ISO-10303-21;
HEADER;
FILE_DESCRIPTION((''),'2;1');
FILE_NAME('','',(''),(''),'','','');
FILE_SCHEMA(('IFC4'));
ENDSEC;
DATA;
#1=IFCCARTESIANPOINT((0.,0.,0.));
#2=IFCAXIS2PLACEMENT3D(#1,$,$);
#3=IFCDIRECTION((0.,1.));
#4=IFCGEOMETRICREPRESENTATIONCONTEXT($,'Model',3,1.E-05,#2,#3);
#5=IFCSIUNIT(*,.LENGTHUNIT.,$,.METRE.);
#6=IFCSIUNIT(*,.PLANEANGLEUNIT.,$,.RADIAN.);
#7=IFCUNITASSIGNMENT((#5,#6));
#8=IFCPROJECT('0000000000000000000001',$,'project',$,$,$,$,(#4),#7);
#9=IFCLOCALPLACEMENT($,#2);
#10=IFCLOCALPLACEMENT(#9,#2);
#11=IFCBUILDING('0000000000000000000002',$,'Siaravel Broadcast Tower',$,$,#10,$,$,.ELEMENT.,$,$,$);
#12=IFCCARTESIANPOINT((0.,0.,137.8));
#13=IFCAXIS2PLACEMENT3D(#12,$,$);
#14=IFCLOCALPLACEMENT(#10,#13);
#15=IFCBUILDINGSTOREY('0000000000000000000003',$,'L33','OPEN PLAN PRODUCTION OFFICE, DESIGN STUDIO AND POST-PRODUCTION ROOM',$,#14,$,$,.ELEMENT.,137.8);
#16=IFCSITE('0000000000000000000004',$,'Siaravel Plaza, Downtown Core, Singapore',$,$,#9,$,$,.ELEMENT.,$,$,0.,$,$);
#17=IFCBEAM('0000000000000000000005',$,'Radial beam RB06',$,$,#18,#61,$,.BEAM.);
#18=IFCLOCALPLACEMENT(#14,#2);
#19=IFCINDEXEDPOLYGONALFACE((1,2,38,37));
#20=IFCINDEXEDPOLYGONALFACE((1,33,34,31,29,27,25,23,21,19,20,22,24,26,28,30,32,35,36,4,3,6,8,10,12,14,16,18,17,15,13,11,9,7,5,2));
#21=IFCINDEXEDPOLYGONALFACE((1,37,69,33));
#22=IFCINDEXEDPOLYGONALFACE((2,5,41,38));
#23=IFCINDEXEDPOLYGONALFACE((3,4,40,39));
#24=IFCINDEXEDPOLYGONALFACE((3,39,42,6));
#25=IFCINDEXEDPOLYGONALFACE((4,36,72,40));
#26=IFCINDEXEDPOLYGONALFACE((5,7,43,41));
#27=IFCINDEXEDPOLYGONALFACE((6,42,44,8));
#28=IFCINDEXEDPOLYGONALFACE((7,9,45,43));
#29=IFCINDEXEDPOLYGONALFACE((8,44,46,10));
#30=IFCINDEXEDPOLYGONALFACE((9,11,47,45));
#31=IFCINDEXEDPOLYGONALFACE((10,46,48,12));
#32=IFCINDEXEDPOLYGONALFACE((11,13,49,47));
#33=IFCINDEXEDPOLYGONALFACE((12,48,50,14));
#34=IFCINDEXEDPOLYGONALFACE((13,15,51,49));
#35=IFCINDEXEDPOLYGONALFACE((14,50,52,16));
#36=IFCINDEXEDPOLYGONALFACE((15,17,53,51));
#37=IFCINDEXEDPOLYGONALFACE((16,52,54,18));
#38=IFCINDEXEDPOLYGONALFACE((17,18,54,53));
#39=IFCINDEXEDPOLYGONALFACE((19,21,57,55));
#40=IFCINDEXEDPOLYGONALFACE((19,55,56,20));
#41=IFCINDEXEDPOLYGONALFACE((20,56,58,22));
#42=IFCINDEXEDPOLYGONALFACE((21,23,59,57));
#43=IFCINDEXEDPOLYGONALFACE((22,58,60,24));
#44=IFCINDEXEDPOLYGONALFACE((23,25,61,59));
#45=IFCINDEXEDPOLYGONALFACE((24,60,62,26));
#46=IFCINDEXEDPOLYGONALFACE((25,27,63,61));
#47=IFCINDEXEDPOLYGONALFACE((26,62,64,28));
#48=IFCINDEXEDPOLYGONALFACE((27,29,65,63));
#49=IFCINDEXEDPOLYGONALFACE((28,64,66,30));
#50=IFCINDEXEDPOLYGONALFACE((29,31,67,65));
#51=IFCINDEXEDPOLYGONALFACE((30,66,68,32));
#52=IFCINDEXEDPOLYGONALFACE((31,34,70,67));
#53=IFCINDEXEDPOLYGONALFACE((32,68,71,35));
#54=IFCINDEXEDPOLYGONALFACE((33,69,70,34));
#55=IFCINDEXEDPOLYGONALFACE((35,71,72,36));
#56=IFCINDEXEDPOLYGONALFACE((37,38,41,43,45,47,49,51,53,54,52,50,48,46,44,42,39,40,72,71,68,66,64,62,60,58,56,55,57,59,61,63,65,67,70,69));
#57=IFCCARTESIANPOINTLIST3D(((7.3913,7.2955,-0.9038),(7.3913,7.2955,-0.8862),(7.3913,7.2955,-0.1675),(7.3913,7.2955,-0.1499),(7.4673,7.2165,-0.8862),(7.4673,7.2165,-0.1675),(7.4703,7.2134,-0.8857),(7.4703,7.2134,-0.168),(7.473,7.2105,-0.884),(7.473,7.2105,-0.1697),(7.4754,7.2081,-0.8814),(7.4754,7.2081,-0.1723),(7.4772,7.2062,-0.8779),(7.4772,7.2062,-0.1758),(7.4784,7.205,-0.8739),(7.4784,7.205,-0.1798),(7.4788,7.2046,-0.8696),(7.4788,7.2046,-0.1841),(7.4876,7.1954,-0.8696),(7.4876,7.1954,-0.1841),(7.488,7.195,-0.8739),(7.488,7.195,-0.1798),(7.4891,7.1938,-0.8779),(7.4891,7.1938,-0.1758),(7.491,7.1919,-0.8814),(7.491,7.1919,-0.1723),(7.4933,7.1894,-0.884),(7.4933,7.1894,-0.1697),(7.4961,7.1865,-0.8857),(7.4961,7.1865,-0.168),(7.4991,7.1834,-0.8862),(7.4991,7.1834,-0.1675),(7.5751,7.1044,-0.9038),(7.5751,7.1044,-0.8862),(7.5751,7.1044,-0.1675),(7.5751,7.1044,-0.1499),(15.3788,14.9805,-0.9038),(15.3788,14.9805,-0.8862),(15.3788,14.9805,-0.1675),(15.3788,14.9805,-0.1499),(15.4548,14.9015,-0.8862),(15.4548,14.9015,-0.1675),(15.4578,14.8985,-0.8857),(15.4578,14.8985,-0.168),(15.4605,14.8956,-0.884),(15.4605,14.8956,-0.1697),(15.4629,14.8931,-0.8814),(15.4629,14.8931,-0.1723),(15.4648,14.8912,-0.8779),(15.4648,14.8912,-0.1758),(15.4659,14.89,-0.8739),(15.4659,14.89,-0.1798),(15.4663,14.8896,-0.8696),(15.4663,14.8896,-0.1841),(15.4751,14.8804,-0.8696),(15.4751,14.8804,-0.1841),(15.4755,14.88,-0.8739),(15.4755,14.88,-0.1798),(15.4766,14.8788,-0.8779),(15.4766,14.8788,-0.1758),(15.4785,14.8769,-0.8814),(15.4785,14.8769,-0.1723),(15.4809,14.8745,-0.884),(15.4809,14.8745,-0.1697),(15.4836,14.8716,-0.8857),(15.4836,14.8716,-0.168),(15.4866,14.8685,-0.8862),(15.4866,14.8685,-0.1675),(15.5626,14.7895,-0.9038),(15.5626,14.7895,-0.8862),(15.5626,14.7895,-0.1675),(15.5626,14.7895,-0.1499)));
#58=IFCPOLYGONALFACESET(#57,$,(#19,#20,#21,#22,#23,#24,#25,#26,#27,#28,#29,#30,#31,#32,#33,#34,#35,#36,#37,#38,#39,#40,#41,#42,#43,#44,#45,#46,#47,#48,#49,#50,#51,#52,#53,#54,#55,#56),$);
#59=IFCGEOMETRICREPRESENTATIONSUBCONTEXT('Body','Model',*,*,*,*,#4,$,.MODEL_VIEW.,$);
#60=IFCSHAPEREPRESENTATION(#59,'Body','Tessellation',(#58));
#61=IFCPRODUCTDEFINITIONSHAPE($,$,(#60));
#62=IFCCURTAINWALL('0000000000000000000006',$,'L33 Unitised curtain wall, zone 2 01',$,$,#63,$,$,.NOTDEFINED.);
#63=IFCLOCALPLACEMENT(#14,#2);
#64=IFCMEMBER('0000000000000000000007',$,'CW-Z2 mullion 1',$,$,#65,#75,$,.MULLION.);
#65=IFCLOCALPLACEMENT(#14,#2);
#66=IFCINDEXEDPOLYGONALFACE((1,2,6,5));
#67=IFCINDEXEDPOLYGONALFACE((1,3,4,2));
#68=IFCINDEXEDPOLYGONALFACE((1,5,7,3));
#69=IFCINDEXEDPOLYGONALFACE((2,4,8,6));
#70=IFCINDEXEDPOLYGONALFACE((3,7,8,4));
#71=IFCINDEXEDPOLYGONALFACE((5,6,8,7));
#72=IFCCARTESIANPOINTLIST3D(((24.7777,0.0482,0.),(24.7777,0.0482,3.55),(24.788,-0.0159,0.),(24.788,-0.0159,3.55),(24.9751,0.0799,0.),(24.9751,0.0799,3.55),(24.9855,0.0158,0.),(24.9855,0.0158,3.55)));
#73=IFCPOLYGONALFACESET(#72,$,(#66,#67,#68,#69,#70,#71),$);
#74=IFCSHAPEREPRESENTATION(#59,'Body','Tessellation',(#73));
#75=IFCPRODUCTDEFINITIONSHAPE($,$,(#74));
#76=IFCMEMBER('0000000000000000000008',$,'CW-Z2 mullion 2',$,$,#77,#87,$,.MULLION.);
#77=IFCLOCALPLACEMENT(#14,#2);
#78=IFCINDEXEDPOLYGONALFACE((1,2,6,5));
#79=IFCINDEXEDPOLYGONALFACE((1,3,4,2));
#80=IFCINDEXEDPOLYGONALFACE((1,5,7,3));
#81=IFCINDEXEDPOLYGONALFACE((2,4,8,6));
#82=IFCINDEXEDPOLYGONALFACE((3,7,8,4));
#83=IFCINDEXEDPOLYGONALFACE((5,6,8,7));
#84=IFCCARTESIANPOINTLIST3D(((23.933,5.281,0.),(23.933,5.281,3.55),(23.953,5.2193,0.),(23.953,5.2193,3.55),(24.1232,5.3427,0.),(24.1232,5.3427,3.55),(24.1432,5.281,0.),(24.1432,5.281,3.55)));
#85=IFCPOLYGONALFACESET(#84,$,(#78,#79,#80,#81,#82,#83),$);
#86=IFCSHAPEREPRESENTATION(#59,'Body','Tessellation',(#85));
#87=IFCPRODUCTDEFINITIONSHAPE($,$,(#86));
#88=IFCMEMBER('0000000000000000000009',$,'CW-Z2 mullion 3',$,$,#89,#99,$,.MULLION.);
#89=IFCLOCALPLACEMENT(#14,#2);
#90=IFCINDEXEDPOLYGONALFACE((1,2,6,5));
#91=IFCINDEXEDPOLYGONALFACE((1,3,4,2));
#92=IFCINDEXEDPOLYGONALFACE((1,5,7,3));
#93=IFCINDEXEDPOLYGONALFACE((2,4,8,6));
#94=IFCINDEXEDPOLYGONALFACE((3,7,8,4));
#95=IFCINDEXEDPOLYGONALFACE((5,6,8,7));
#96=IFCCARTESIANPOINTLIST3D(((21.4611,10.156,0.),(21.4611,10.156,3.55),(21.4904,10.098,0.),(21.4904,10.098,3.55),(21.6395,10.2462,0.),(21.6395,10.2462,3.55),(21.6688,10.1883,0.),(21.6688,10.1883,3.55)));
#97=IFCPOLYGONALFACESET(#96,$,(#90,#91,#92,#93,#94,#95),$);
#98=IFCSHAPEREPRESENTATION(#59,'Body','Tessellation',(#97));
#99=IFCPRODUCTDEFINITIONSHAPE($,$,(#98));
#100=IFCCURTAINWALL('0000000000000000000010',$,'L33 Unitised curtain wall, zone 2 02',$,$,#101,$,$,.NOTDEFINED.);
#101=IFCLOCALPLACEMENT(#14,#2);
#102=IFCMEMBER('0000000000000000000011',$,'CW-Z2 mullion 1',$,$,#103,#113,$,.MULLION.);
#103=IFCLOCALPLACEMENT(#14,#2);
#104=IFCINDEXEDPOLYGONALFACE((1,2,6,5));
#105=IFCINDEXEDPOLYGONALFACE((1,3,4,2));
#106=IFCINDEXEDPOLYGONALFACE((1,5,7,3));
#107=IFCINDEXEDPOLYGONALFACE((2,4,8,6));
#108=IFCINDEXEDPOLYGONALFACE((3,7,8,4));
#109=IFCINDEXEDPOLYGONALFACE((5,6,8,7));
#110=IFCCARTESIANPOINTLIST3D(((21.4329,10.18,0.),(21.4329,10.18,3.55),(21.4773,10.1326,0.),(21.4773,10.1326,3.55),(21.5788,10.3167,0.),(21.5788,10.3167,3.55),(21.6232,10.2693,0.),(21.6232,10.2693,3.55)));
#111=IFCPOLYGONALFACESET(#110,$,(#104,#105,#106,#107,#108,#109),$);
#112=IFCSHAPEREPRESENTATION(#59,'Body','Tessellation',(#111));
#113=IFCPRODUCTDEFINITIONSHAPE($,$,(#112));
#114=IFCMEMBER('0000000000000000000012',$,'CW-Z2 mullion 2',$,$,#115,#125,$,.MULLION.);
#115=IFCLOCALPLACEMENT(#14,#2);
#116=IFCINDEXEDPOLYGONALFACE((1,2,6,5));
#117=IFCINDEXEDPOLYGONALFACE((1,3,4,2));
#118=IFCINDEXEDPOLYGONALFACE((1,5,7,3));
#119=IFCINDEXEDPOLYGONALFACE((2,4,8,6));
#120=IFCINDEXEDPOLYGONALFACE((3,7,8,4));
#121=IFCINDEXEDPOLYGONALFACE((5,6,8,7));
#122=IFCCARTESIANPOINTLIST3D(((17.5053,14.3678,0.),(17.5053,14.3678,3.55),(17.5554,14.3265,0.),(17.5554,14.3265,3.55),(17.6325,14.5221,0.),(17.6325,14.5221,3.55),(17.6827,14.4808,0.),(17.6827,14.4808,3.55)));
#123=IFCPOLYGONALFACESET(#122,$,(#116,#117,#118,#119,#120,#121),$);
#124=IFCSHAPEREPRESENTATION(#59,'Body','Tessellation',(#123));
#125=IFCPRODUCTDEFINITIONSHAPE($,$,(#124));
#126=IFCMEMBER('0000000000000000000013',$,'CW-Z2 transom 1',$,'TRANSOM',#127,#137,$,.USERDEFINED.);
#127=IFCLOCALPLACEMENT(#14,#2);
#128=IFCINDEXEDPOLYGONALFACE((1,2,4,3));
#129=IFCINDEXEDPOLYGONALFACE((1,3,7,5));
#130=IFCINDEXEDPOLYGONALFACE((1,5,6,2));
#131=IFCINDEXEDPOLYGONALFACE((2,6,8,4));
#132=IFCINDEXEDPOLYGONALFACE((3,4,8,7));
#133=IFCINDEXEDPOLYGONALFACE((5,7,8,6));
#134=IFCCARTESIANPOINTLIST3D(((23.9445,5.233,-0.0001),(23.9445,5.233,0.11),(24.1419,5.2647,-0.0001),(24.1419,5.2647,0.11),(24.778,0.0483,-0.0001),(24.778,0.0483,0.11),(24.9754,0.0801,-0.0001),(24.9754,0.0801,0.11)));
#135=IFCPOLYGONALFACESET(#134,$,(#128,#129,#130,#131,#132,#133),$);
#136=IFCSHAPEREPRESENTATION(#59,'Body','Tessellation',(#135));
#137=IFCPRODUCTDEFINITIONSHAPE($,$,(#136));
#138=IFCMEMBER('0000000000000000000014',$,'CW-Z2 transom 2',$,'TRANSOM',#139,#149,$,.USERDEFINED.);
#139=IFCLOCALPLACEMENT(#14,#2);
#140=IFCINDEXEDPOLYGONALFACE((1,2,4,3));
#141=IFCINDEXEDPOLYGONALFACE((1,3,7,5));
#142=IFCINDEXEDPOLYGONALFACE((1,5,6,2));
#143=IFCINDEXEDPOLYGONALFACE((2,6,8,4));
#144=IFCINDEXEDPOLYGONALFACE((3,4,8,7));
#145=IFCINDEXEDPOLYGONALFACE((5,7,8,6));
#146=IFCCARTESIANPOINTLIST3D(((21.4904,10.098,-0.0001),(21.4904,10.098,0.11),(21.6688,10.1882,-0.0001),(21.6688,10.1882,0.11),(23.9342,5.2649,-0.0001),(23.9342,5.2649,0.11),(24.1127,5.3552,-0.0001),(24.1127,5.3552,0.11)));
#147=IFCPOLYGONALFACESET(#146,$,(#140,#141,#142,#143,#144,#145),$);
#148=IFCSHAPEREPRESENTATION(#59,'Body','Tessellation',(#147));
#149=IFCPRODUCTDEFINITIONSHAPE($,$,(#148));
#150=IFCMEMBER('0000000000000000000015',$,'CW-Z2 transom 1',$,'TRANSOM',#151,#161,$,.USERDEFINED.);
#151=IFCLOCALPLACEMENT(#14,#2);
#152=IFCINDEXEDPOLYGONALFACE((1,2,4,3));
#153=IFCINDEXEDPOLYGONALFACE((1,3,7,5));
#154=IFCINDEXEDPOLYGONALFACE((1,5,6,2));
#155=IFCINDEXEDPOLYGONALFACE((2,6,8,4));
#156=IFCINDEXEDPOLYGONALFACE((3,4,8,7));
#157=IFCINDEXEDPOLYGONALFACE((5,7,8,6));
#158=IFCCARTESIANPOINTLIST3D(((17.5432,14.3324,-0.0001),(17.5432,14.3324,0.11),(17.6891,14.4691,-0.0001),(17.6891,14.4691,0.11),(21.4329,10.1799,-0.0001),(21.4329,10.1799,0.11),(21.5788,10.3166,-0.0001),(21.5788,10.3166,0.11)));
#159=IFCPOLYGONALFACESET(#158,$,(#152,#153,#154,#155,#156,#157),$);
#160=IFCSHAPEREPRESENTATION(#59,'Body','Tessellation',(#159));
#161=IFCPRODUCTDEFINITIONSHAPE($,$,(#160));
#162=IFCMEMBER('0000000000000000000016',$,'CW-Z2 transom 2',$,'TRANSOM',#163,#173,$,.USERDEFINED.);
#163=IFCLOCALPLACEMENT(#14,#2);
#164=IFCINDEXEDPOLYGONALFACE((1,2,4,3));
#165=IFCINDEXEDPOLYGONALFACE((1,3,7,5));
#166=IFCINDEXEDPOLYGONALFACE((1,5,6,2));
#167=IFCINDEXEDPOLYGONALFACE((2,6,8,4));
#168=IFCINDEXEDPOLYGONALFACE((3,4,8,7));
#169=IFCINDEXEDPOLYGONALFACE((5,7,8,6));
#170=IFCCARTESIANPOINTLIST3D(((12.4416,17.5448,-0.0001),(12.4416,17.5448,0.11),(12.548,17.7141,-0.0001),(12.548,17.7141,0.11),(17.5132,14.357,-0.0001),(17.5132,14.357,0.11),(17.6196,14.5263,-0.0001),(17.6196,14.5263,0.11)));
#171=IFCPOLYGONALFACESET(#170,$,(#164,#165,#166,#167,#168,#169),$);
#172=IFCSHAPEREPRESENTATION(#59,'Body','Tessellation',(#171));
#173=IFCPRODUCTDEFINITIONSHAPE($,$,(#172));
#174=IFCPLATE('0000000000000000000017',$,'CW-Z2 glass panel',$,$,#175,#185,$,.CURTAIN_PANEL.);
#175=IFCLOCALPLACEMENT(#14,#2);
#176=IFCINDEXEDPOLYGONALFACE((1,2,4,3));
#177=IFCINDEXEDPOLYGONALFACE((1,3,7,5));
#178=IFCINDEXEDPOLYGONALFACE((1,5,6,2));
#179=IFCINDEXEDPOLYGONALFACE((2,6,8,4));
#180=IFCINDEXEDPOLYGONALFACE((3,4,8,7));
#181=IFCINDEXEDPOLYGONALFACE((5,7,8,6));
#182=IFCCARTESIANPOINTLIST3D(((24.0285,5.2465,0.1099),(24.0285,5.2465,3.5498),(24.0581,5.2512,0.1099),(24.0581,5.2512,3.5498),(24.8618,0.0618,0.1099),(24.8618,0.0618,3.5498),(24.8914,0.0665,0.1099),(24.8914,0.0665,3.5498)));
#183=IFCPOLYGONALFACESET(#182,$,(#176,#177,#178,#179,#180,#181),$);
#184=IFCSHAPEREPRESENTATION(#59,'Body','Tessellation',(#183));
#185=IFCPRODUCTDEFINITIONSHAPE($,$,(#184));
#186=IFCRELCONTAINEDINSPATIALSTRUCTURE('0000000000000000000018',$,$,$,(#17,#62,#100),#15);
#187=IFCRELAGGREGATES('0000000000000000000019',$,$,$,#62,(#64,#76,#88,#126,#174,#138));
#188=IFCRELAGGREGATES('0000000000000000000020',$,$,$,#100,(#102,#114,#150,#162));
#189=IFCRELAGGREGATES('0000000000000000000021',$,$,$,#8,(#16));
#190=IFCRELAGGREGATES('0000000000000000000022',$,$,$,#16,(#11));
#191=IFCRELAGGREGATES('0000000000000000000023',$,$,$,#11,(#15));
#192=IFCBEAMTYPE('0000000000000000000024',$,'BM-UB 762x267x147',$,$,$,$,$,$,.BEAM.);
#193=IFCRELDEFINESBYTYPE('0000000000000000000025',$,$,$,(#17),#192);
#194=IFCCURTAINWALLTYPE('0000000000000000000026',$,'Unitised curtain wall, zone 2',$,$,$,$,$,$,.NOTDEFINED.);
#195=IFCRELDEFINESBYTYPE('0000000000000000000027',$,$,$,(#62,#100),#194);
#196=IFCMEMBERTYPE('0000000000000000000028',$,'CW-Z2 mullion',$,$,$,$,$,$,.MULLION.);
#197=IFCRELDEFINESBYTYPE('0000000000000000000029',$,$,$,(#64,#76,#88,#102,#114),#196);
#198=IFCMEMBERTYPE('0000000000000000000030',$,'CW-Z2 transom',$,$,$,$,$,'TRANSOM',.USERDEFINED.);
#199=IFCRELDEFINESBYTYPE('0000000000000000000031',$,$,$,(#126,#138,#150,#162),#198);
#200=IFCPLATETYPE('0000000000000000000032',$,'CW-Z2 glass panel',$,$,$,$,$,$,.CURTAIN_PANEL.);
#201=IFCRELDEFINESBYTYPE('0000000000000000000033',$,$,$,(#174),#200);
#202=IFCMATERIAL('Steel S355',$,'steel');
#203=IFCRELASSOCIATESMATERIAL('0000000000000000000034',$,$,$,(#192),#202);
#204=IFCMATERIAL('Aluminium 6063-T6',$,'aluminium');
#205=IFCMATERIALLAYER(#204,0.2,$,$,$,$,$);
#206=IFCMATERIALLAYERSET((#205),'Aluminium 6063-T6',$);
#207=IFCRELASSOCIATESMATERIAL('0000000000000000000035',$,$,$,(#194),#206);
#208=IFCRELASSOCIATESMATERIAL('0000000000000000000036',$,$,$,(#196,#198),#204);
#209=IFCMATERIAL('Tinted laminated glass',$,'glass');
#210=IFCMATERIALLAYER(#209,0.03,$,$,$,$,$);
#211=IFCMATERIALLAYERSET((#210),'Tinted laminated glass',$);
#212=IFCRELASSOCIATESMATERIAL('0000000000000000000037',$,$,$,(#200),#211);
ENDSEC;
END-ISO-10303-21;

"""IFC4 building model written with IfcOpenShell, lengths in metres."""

from ifc_helpers import new_model, si_unit, direction, frame, origin, origin_2d, place, context, subcontext, project, spatial, rectangle, i_section, extrude, material, layer, layer_set, material_profile, profile_set, type_object, element, aggregate, save


model = new_model("IFC4")

# Units and contexts
model_context = context("Model", 3, precision=1e-05, world=origin(), true_north=direction((0.0, 1.0)))
body_context = subcontext(model_context, "Body", "Model", "MODEL_VIEW")
ifc_project = project(units=[si_unit("LENGTHUNIT", "METRE"), si_unit("PLANEANGLEUNIT", "RADIAN")], contexts=[model_context])

# Site, building, storey
site_placement = place(None, origin())
site = spatial("IfcSite", under=ifc_project, at=site_placement, Name="Siaravel Plaza, Downtown Core, Singapore", CompositionType="ELEMENT", RefElevation=0.0)
building_placement = place(site_placement, origin())
building = spatial("IfcBuilding", under=site, at=building_placement, Name="Siaravel Broadcast Tower", CompositionType="ELEMENT")
storey_placement = place(building_placement, frame((0.0, 0.0, 137.8)))
storey = spatial("IfcBuildingStorey", under=building, at=storey_placement, Name="L33", Description="OPEN PLAN PRODUCTION OFFICE, DESIGN STUDIO AND POST-PRODUCTION ROOM", CompositionType="ELEMENT", Elevation=137.8)

# Beam
ifc_material_1 = material(Name="Steel S355", Category="steel")
ifc_material_profile_1 = material_profile(ifc_material_1, i_section(OverallWidth=0.2651, OverallDepth=0.7539, WebThickness=0.0127, FlangeThickness=0.0176, FilletRadius=0.0166, at=origin_2d()))
ifc_profile_set_1 = profile_set([ifc_material_profile_1], Name="Steel S355")
beam_type = type_object("IfcBeamType", Name="BM-UB 762x267x147", PredefinedType="BEAM", material=ifc_profile_set_1)
beam_1_placement = place(storey_placement, frame((15.4707, 14.885, -0.5269), z_axis=(-0.72062, -0.69333, 0.0), x_axis=(0.69333, -0.72062, 0.0)))
element("IfcBeam", 1, at=beam_1_placement, inside=storey, type_object=beam_type, Name="Radial beam RB06", PredefinedType="BEAM", context=body_context, shape_type="SweptSolid", body=[
    extrude(i_section(OverallWidth=0.2651, OverallDepth=0.7539, WebThickness=0.0127, FlangeThickness=0.0176, FilletRadius=0.0166, at=origin_2d()), origin(), (0.0, 0.0, 1.0), 11.0842),
])

# Curtain walls, members
ifc_material_2 = material(Name="Aluminium 6063-T6", Category="aluminium")
ifc_layer_1 = layer(ifc_material_2, 0.2)
ifc_layer_set_1 = layer_set([ifc_layer_1], Name="Aluminium 6063-T6")
curtain_wall_type = type_object("IfcCurtainWallType", Name="Unitised curtain wall, zone 2", PredefinedType="NOTDEFINED", material=ifc_layer_set_1)
curtain_wall_1_placement = place(storey_placement, origin())
curtain_wall_1 = element("IfcCurtainWall", 2, at=curtain_wall_1_placement, inside=storey, type_object=curtain_wall_type, Name="L33 Unitised curtain wall, zone 2 01", PredefinedType="NOTDEFINED")
ifc_material_profile_2 = material_profile(ifc_material_2, rectangle(XDim=0.2, YDim=0.0649, at=origin_2d()))
ifc_profile_set_2 = profile_set([ifc_material_profile_2], Name="Aluminium 6063-T6")
member_type_1 = type_object("IfcMemberType", Name="CW-Z2 mullion", PredefinedType="MULLION", material=ifc_profile_set_2)
member_1_placement = place(storey_placement, frame((24.8816, 0.032, 0.0), z_axis=(0.0, 0.0, 1.0), x_axis=(-0.987329, -0.158685, 0.0)))
member_1 = element("IfcMember", 3, at=member_1_placement, type_object=member_type_1, Name="CW-Z2 mullion 1", PredefinedType="MULLION", context=body_context, shape_type="SweptSolid", body=[
    extrude(rectangle(XDim=0.2, YDim=0.0649, at=origin_2d()), origin(), (0.0, 0.0, 1.0), 3.55),
])
member_2_placement = place(storey_placement, frame((24.0381, 5.281, 0.0), z_axis=(0.0, 0.0, 1.0), x_axis=(-0.951178, -0.308644, 0.0)))
member_2 = element("IfcMember", 4, at=member_2_placement, type_object=member_type_1, Name="CW-Z2 mullion 2", PredefinedType="MULLION", context=body_context, shape_type="SweptSolid", body=[
    extrude(rectangle(XDim=0.2, YDim=0.0649, at=origin_2d()), origin(), (0.0, 0.0, 1.0), 3.55),
])
member_3_placement = place(storey_placement, frame((21.5649, 10.1721, 0.0), z_axis=(0.0, 0.0, 1.0), x_axis=(-0.892393, -0.451259, 0.0)))
member_3 = element("IfcMember", 5, at=member_3_placement, type_object=member_type_1, Name="CW-Z2 mullion 3", PredefinedType="MULLION", context=body_context, shape_type="SweptSolid", body=[
    extrude(rectangle(XDim=0.2, YDim=0.0649, at=origin_2d()), origin(), (0.0, 0.0, 1.0), 3.55),
])
curtain_wall_2_placement = place(storey_placement, origin())
curtain_wall_2 = element("IfcCurtainWall", 6, at=curtain_wall_2_placement, inside=storey, type_object=curtain_wall_type, Name="L33 Unitised curtain wall, zone 2 02", PredefinedType="NOTDEFINED")
member_4_placement = place(storey_placement, frame((21.5281, 10.2246, 0.0), z_axis=(0.0, 0.0, 1.0), x_axis=(-0.729807, -0.683653, 0.0)))
member_4 = element("IfcMember", 7, at=member_4_placement, type_object=member_type_1, Name="CW-Z2 mullion 1", PredefinedType="MULLION", context=body_context, shape_type="SweptSolid", body=[
    extrude(rectangle(XDim=0.2, YDim=0.0649, at=origin_2d()), origin(), (0.0, 0.0, 1.0), 3.55),
])
member_5_placement = place(storey_placement, frame((17.594, 14.4243, 0.0), z_axis=(0.0, 0.0, 1.0), x_axis=(-0.63622, -0.771507, 0.0)))
member_5 = element("IfcMember", 8, at=member_5_placement, type_object=member_type_1, Name="CW-Z2 mullion 2", PredefinedType="MULLION", context=body_context, shape_type="SweptSolid", body=[
    extrude(rectangle(XDim=0.2, YDim=0.0649, at=origin_2d()), origin(), (0.0, 0.0, 1.0), 3.55),
])

# Members
ifc_material_profile_3 = material_profile(ifc_material_2, rectangle(XDim=0.2, YDim=0.1101, at=origin_2d()))
ifc_profile_set_3 = profile_set([ifc_material_profile_3], Name="Aluminium 6063-T6")
member_type_2 = type_object("IfcMemberType", Name="CW-Z2 transom", ElementType="TRANSOM", PredefinedType="USERDEFINED", material=ifc_profile_set_3)
member_6_placement = place(storey_placement, frame((24.8767, 0.0642, 0.0549), z_axis=(-0.158727, 0.987323, 0.0), x_axis=(-0.987323, -0.158727, 0.0)))
member_6 = element("IfcMember", 9, at=member_6_placement, type_object=member_type_2, Name="CW-Z2 transom 1", ObjectType="TRANSOM", PredefinedType="USERDEFINED", context=body_context, shape_type="SweptSolid", body=[
    extrude(rectangle(XDim=0.2, YDim=0.1101, at=origin_2d()), origin(), (0.0, 0.0, 1.0), 5.2512),
])
member_7_placement = place(storey_placement, frame((24.0234, 5.3101, 0.0549), z_axis=(-0.451248, 0.892398, 0.0), x_axis=(-0.892398, -0.451248, 0.0)))
member_7 = element("IfcMember", 10, at=member_7_placement, type_object=member_type_2, Name="CW-Z2 transom 2", ObjectType="TRANSOM", PredefinedType="USERDEFINED", context=body_context, shape_type="SweptSolid", body=[
    extrude(rectangle(XDim=0.2, YDim=0.1101, at=origin_2d()), origin(), (0.0, 0.0, 1.0), 5.4158),
])
member_8_placement = place(storey_placement, frame((21.5059, 10.2483, 0.0549), z_axis=(-0.683644, 0.729815, 0.0), x_axis=(-0.729815, -0.683644, 0.0)))
member_8 = element("IfcMember", 11, at=member_8_placement, type_object=member_type_2, Name="CW-Z2 transom 1", ObjectType="TRANSOM", PredefinedType="USERDEFINED", context=body_context, shape_type="SweptSolid", body=[
    extrude(rectangle(XDim=0.2, YDim=0.1101, at=origin_2d()), origin(), (0.0, 0.0, 1.0), 5.6897),
])
member_9_placement = place(storey_placement, frame((17.5664, 14.4417, 0.0549), z_axis=(-0.846642, 0.532162, 0.0), x_axis=(-0.532162, -0.846642, 0.0)))
member_9 = element("IfcMember", 12, at=member_9_placement, type_object=member_type_2, Name="CW-Z2 transom 2", ObjectType="TRANSOM", PredefinedType="USERDEFINED", context=body_context, shape_type="SweptSolid", body=[
    extrude(rectangle(XDim=0.2, YDim=0.1101, at=origin_2d()), origin(), (0.0, 0.0, 1.0), 5.9902),
])

# Plate
ifc_material_3 = material(Name="Tinted laminated glass", Category="glass")
ifc_layer_2 = layer(ifc_material_3, 0.03)
ifc_layer_set_2 = layer_set([ifc_layer_2], Name="Tinted laminated glass")
plate_type = type_object("IfcPlateType", Name="CW-Z2 glass panel", PredefinedType="CURTAIN_PANEL", material=ifc_layer_set_2)
plate_1_placement = place(storey_placement, frame((24.46, 2.6565, 0.1099), z_axis=(0.0, 0.0, 1.0), x_axis=(-0.158685, 0.987329, 0.0)))
plate_1 = element("IfcPlate", 13, at=plate_1_placement, type_object=plate_type, Name="CW-Z2 glass panel", PredefinedType="CURTAIN_PANEL", context=body_context, shape_type="SweptSolid", body=[
    extrude(rectangle(XDim=5.2512, YDim=0.03, at=origin_2d()), origin(), (0.0, 0.0, 1.0), 3.4399),
])
aggregate(curtain_wall_1, [member_1, member_2, member_3, member_6, plate_1, member_7])
aggregate(curtain_wall_2, [member_4, member_5, member_8, member_9])

save(model, "model.ifc")
